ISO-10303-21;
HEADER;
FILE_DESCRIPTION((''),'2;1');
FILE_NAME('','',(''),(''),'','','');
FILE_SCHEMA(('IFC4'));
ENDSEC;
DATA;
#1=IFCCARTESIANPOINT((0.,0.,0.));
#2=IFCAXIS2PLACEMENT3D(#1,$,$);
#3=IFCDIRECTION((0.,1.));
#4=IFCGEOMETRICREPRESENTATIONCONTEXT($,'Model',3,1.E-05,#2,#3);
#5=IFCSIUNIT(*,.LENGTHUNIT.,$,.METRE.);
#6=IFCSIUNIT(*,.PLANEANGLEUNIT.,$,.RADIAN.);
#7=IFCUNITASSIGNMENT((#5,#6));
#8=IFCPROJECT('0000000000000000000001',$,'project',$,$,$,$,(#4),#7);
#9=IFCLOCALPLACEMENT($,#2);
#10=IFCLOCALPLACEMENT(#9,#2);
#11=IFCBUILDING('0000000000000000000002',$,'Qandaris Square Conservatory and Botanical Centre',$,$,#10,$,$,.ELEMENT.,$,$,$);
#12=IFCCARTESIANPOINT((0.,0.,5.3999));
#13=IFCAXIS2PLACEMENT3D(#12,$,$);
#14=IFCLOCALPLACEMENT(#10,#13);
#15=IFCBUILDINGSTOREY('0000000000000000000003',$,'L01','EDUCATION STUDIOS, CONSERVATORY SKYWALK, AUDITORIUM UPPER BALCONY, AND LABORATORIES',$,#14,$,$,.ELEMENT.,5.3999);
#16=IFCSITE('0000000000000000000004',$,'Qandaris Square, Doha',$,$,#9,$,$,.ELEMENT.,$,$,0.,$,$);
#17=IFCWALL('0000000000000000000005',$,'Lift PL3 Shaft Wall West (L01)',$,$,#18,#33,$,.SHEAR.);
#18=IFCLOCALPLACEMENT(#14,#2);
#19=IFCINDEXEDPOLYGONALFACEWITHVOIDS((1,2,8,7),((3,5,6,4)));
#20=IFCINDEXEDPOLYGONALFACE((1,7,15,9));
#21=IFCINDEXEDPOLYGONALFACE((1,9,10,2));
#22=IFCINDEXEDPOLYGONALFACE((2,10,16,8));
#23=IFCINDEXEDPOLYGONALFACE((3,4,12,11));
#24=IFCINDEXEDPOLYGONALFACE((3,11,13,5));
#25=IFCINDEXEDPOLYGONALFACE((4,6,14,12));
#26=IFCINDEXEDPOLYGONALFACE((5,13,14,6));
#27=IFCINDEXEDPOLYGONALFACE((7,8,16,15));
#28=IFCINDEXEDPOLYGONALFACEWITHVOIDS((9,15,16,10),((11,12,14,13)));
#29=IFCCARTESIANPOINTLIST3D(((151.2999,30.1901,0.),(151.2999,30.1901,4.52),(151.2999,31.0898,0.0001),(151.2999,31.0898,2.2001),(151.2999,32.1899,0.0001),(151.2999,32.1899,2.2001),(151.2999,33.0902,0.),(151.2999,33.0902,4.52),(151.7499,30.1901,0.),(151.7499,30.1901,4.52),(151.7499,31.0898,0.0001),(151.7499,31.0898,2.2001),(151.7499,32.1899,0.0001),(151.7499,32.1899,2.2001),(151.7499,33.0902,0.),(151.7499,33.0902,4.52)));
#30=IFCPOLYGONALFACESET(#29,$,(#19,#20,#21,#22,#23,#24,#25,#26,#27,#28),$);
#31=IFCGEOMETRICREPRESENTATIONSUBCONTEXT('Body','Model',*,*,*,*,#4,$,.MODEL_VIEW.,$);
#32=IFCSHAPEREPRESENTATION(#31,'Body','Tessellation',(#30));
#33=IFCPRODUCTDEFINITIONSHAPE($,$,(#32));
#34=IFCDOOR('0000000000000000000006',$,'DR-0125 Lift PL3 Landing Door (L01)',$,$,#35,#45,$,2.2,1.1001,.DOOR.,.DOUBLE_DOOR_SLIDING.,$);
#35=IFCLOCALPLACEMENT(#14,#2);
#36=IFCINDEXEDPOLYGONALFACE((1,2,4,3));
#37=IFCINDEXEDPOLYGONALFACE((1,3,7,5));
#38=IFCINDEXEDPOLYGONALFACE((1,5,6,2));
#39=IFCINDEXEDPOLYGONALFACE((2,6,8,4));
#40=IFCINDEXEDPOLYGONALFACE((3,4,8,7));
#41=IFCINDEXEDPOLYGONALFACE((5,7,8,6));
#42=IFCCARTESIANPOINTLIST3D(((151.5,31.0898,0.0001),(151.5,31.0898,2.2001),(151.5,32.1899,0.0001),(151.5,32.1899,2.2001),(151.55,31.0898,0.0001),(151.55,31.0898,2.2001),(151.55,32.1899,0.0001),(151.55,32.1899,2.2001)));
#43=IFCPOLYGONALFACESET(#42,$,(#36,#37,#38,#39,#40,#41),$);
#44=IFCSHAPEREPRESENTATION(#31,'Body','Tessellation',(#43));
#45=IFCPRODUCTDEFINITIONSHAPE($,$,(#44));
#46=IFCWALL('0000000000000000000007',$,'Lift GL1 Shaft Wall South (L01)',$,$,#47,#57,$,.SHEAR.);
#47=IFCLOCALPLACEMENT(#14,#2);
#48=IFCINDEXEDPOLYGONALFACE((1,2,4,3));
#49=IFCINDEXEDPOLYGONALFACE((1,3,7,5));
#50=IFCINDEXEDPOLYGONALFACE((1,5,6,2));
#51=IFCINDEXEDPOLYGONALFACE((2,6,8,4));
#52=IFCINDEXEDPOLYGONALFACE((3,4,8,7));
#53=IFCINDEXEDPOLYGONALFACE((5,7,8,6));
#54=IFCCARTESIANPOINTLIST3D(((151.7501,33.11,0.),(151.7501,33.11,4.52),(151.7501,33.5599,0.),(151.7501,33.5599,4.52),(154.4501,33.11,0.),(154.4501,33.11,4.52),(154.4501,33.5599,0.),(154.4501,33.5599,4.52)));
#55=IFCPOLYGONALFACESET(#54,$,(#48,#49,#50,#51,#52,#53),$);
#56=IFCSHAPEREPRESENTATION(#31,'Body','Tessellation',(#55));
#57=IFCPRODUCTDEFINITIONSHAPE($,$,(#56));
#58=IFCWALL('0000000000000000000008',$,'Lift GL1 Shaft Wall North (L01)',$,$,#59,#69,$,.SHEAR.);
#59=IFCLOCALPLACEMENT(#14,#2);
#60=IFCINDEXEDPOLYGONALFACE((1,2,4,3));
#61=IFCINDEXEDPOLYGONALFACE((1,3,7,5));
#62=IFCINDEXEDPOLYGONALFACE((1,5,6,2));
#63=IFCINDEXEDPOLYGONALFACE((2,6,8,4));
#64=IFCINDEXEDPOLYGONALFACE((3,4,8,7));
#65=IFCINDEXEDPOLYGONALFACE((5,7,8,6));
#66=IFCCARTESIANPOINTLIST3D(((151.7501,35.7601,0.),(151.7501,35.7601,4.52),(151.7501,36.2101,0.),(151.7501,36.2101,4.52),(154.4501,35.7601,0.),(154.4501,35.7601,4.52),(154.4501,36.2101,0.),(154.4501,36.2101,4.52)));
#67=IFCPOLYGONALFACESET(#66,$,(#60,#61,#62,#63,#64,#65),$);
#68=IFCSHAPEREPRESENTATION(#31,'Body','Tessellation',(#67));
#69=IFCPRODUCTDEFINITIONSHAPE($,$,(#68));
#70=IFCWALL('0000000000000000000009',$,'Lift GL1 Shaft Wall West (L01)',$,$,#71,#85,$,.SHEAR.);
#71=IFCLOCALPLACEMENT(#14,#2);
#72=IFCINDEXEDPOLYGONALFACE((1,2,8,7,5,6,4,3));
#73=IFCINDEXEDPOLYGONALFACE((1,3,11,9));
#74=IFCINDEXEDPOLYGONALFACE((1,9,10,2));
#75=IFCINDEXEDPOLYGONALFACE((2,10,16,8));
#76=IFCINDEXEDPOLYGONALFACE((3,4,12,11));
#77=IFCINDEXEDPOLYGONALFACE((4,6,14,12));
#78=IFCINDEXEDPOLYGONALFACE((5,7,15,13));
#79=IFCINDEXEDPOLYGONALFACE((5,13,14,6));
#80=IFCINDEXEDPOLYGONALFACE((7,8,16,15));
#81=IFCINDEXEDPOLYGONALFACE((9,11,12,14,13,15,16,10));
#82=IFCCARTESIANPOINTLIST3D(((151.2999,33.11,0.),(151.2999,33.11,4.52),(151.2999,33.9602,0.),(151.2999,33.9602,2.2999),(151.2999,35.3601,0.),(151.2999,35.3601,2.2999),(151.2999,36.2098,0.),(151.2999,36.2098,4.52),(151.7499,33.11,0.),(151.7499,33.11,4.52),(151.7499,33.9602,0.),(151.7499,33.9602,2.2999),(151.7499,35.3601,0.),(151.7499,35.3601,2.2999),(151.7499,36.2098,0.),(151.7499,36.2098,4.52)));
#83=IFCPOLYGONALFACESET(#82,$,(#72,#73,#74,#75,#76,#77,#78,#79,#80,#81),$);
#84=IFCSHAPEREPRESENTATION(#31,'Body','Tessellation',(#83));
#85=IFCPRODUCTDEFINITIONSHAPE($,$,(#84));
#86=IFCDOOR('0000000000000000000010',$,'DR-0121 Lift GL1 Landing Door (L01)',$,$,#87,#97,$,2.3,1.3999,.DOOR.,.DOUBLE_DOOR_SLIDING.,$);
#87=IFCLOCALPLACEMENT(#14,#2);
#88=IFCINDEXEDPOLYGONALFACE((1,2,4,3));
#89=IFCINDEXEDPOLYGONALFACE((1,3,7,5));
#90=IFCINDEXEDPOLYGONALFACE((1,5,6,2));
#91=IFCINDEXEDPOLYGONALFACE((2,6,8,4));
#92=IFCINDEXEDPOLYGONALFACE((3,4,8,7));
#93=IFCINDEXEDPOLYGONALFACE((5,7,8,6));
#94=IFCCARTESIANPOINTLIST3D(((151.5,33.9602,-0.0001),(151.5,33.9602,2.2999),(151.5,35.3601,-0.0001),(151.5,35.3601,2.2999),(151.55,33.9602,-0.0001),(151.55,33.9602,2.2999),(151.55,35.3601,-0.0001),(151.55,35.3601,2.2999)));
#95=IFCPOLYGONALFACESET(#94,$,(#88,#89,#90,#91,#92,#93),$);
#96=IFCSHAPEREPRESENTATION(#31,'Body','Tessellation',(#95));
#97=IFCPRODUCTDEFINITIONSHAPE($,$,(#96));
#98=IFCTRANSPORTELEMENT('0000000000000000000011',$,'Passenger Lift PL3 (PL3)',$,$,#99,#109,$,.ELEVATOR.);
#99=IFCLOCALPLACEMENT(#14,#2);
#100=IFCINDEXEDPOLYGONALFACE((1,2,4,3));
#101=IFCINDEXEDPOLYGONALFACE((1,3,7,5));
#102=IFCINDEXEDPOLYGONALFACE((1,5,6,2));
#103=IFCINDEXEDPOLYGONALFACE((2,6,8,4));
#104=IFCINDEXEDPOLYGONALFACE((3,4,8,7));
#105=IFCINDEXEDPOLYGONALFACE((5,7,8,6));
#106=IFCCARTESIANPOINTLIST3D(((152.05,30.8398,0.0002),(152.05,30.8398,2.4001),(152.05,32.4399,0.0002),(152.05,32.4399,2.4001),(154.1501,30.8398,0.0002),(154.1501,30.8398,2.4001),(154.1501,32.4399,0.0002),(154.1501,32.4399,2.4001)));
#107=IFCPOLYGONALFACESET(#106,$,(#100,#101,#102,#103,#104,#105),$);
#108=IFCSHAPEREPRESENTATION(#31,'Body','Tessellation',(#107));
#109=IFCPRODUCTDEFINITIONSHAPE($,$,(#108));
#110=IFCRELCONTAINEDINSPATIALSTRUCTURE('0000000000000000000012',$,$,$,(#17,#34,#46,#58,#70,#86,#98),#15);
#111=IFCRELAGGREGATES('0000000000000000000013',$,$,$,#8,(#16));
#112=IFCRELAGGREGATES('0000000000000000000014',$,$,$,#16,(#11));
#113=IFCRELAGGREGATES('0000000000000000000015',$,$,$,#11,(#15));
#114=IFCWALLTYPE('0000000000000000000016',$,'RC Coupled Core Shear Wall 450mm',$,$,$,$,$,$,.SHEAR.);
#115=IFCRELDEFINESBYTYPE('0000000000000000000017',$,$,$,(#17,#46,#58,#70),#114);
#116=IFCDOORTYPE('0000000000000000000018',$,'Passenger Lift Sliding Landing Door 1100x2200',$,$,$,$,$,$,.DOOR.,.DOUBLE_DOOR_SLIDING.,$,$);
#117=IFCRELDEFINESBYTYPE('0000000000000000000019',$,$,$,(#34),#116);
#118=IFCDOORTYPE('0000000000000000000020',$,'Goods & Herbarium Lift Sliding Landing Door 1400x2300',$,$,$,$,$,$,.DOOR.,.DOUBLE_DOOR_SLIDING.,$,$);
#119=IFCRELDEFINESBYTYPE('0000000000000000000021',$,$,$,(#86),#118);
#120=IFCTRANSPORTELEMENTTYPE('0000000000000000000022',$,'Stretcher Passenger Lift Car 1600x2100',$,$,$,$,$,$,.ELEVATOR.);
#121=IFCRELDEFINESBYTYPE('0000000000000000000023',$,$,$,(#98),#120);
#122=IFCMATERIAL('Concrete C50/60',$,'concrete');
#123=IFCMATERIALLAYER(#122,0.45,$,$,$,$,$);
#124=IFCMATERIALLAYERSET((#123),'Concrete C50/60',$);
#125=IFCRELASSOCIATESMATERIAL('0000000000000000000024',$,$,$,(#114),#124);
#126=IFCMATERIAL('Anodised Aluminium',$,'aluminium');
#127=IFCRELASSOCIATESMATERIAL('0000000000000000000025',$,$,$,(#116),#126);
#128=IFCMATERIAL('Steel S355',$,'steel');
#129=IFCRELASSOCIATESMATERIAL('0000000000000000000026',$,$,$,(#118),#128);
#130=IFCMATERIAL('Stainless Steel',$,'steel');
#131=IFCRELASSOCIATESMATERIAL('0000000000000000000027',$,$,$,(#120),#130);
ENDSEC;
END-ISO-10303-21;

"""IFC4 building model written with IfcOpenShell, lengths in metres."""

from ifc_helpers import new_model, si_unit, direction, frame, frame_2d, origin, origin_2d, place, context, subcontext, project, spatial, rectangle, extrude, material, layer, layer_set, type_object, element, fill, save


model = new_model("IFC4")

# Units and contexts
model_context = context("Model", 3, precision=1e-05, world=origin(), true_north=direction((0.0, 1.0)))
body_context = subcontext(model_context, "Body", "Model", "MODEL_VIEW")
ifc_project = project(units=[si_unit("LENGTHUNIT", "METRE"), si_unit("PLANEANGLEUNIT", "RADIAN")], contexts=[model_context])

# Site, building, storey
site_placement = place(None, origin())
site = spatial("IfcSite", under=ifc_project, at=site_placement, Name="Qandaris Square, Doha", CompositionType="ELEMENT", RefElevation=0.0)
building_placement = place(site_placement, origin())
building = spatial("IfcBuilding", under=site, at=building_placement, Name="Qandaris Square Conservatory and Botanical Centre", CompositionType="ELEMENT")
storey_placement = place(building_placement, frame((0.0, 0.0, 5.3999)))
storey = spatial("IfcBuildingStorey", under=building, at=storey_placement, Name="L01", Description="EDUCATION STUDIOS, CONSERVATORY SKYWALK, AUDITORIUM UPPER BALCONY, AND LABORATORIES", CompositionType="ELEMENT", Elevation=5.3999)

# Shared definitions
ifc_material_1 = material(Name="Concrete C50/60", Category="concrete")

# Shared definitions
ifc_material_2 = material(Name="Steel S355", Category="steel")

# Shared definitions
ifc_layer_1 = layer(ifc_material_1, 0.45)
ifc_layer_set_1 = layer_set([ifc_layer_1], Name="Concrete C50/60")
wall_type_1 = type_object("IfcWallType", Name="RC Coupled Core Shear Wall 450mm", PredefinedType="SHEAR", material=ifc_layer_set_1)

# Shared definitions
ifc_material_3 = material(Name="Anodised Aluminium", Category="aluminium")
door_type_1 = type_object("IfcDoorType", Name="Passenger Lift Sliding Landing Door 1100x2200", OperationType="DOUBLE_DOOR_SLIDING", PredefinedType="DOOR", material=ifc_material_3)

# Wall, opening, door
wall_1_placement = place(storey_placement, frame((151.5249, 30.1899, 0.0), z_axis=(0.0, 0.0, 1.0), x_axis=(0.0, 1.0, 0.0)))
wall_1 = element("IfcWall", 1, at=wall_1_placement, inside=storey, type_object=wall_type_1, Name="Lift PL3 Shaft Wall West (L01)", PredefinedType="SHEAR", context=body_context, shape_type="SweptSolid", body=[
    extrude(rectangle(XDim=2.9001, YDim=0.45, at=frame_2d((1.4502, 0.0))), origin(), (0.0, 0.0, 1.0), 4.52),
])
opening_1_placement = place(wall_1_placement, frame((0.8999, 0.0, 0.0)))
opening_1 = element("IfcOpeningElement", 2, at=opening_1_placement, cuts=wall_1, PredefinedType="OPENING", context=body_context, shape_type="SweptSolid", body=[
    extrude(rectangle(XDim=1.1001, YDim=2.2, at=frame_2d((0.55, 1.1001))), frame((0.0, 0.2368, 0.0), z_axis=(0.0, -1.0, 0.0), x_axis=(1.0, 0.0, 0.0)), (0.0, 0.0, 1.0), 0.4739),
])
door_1_placement = place(opening_1_placement, origin())
door_1 = element("IfcDoor", 3, at=door_1_placement, inside=storey, type_object=door_type_1, Name="DR-0125 Lift PL3 Landing Door (L01)", OperationType="DOUBLE_DOOR_SLIDING", OverallHeight=2.2, OverallWidth=1.1001, PredefinedType="DOOR", context=body_context, shape_type="SweptSolid", body=[
    extrude(rectangle(XDim=1.1001, YDim=2.2, at=frame_2d((0.55, 1.1001))), frame((0.0, 0.0249, 0.0), z_axis=(0.0, -1.0, 0.0), x_axis=(1.0, 0.0, 0.0)), (0.0, 0.0, 1.0), 0.05),
])
fill(opening_1, door_1)

# Walls
for number, where, z_axis, x_axis, name in (
    (4, (151.75, 33.335, 0.0), (0.0, 0.0, 1.0), (1.0, 0.0, 0.0), "Lift GL1 Shaft Wall South (L01)"),
    (5, (151.75, 35.9851, 0.0), (0.0, 0.0, 1.0), (1.0, 0.0, 0.0), "Lift GL1 Shaft Wall North (L01)"),
):
    element("IfcWall", number, at=place(storey_placement, frame(where, z_axis=z_axis, x_axis=x_axis)), inside=storey, type_object=wall_type_1, Name=name, PredefinedType="SHEAR", context=body_context, shape_type="SweptSolid", body=[
        extrude(rectangle(XDim=2.7, YDim=0.45, at=frame_2d((1.3501, 0.0))), origin(), (0.0, 0.0, 1.0), 4.52),
    ])

# Wall, opening, door
wall_2_placement = place(storey_placement, frame((151.5249, 33.1101, 0.0), z_axis=(0.0, 0.0, 1.0), x_axis=(0.0, 1.0, 0.0)))
wall_2 = element("IfcWall", 6, at=wall_2_placement, inside=storey, type_object=wall_type_1, Name="Lift GL1 Shaft Wall West (L01)", PredefinedType="SHEAR", context=body_context, shape_type="SweptSolid", body=[
    extrude(rectangle(XDim=3.0999, YDim=0.45, at=frame_2d((1.5498, 0.0))), origin(), (0.0, 0.0, 1.0), 4.52),
])
opening_2_placement = place(wall_2_placement, frame((0.8501, 0.0, 0.0)))
opening_2 = element("IfcOpeningElement", 7, at=opening_2_placement, cuts=wall_2, PredefinedType="OPENING", context=body_context, shape_type="SweptSolid", body=[
    extrude(rectangle(XDim=1.3999, YDim=2.3, at=frame_2d((0.7, 1.1499))), frame((0.0, 0.2368, 0.0), z_axis=(0.0, -1.0, 0.0), x_axis=(1.0, 0.0, 0.0)), (0.0, 0.0, 1.0), 0.4739),
])
door_type_2 = type_object("IfcDoorType", Name="Goods & Herbarium Lift Sliding Landing Door 1400x2300", OperationType="DOUBLE_DOOR_SLIDING", PredefinedType="DOOR", material=ifc_material_2)
door_2_placement = place(opening_2_placement, origin())
door_2 = element("IfcDoor", 8, at=door_2_placement, inside=storey, type_object=door_type_2, Name="DR-0121 Lift GL1 Landing Door (L01)", OperationType="DOUBLE_DOOR_SLIDING", OverallHeight=2.3, OverallWidth=1.3999, PredefinedType="DOOR", context=body_context, shape_type="SweptSolid", body=[
    extrude(rectangle(XDim=1.3999, YDim=2.3, at=frame_2d((0.7, 1.1499))), frame((0.0, 0.0249, 0.0), z_axis=(0.0, -1.0, 0.0), x_axis=(1.0, 0.0, 0.0)), (0.0, 0.0, 1.0), 0.05),
])
fill(opening_2, door_2)

# Transport element
ifc_material_4 = material(Name="Stainless Steel", Category="steel")
transport_element_type = type_object("IfcTransportElementType", Name="Stretcher Passenger Lift Car 1600x2100", PredefinedType="ELEVATOR", material=ifc_material_4)
transport_element_placement = place(storey_placement, frame((153.1001, 31.6399, 0.0002), z_axis=(0.0, 0.0, 1.0), x_axis=(1.0, 0.0, 0.0)))
element("IfcTransportElement", 9, at=transport_element_placement, inside=storey, type_object=transport_element_type, Name="Passenger Lift PL3 (PL3)", PredefinedType="ELEVATOR", context=body_context, shape_type="SweptSolid", body=[
    extrude(rectangle(XDim=2.1001, YDim=1.6001, at=origin_2d()), origin(), (0.0, 0.0, 1.0), 2.3999),
])

save(model, "model.ifc")
